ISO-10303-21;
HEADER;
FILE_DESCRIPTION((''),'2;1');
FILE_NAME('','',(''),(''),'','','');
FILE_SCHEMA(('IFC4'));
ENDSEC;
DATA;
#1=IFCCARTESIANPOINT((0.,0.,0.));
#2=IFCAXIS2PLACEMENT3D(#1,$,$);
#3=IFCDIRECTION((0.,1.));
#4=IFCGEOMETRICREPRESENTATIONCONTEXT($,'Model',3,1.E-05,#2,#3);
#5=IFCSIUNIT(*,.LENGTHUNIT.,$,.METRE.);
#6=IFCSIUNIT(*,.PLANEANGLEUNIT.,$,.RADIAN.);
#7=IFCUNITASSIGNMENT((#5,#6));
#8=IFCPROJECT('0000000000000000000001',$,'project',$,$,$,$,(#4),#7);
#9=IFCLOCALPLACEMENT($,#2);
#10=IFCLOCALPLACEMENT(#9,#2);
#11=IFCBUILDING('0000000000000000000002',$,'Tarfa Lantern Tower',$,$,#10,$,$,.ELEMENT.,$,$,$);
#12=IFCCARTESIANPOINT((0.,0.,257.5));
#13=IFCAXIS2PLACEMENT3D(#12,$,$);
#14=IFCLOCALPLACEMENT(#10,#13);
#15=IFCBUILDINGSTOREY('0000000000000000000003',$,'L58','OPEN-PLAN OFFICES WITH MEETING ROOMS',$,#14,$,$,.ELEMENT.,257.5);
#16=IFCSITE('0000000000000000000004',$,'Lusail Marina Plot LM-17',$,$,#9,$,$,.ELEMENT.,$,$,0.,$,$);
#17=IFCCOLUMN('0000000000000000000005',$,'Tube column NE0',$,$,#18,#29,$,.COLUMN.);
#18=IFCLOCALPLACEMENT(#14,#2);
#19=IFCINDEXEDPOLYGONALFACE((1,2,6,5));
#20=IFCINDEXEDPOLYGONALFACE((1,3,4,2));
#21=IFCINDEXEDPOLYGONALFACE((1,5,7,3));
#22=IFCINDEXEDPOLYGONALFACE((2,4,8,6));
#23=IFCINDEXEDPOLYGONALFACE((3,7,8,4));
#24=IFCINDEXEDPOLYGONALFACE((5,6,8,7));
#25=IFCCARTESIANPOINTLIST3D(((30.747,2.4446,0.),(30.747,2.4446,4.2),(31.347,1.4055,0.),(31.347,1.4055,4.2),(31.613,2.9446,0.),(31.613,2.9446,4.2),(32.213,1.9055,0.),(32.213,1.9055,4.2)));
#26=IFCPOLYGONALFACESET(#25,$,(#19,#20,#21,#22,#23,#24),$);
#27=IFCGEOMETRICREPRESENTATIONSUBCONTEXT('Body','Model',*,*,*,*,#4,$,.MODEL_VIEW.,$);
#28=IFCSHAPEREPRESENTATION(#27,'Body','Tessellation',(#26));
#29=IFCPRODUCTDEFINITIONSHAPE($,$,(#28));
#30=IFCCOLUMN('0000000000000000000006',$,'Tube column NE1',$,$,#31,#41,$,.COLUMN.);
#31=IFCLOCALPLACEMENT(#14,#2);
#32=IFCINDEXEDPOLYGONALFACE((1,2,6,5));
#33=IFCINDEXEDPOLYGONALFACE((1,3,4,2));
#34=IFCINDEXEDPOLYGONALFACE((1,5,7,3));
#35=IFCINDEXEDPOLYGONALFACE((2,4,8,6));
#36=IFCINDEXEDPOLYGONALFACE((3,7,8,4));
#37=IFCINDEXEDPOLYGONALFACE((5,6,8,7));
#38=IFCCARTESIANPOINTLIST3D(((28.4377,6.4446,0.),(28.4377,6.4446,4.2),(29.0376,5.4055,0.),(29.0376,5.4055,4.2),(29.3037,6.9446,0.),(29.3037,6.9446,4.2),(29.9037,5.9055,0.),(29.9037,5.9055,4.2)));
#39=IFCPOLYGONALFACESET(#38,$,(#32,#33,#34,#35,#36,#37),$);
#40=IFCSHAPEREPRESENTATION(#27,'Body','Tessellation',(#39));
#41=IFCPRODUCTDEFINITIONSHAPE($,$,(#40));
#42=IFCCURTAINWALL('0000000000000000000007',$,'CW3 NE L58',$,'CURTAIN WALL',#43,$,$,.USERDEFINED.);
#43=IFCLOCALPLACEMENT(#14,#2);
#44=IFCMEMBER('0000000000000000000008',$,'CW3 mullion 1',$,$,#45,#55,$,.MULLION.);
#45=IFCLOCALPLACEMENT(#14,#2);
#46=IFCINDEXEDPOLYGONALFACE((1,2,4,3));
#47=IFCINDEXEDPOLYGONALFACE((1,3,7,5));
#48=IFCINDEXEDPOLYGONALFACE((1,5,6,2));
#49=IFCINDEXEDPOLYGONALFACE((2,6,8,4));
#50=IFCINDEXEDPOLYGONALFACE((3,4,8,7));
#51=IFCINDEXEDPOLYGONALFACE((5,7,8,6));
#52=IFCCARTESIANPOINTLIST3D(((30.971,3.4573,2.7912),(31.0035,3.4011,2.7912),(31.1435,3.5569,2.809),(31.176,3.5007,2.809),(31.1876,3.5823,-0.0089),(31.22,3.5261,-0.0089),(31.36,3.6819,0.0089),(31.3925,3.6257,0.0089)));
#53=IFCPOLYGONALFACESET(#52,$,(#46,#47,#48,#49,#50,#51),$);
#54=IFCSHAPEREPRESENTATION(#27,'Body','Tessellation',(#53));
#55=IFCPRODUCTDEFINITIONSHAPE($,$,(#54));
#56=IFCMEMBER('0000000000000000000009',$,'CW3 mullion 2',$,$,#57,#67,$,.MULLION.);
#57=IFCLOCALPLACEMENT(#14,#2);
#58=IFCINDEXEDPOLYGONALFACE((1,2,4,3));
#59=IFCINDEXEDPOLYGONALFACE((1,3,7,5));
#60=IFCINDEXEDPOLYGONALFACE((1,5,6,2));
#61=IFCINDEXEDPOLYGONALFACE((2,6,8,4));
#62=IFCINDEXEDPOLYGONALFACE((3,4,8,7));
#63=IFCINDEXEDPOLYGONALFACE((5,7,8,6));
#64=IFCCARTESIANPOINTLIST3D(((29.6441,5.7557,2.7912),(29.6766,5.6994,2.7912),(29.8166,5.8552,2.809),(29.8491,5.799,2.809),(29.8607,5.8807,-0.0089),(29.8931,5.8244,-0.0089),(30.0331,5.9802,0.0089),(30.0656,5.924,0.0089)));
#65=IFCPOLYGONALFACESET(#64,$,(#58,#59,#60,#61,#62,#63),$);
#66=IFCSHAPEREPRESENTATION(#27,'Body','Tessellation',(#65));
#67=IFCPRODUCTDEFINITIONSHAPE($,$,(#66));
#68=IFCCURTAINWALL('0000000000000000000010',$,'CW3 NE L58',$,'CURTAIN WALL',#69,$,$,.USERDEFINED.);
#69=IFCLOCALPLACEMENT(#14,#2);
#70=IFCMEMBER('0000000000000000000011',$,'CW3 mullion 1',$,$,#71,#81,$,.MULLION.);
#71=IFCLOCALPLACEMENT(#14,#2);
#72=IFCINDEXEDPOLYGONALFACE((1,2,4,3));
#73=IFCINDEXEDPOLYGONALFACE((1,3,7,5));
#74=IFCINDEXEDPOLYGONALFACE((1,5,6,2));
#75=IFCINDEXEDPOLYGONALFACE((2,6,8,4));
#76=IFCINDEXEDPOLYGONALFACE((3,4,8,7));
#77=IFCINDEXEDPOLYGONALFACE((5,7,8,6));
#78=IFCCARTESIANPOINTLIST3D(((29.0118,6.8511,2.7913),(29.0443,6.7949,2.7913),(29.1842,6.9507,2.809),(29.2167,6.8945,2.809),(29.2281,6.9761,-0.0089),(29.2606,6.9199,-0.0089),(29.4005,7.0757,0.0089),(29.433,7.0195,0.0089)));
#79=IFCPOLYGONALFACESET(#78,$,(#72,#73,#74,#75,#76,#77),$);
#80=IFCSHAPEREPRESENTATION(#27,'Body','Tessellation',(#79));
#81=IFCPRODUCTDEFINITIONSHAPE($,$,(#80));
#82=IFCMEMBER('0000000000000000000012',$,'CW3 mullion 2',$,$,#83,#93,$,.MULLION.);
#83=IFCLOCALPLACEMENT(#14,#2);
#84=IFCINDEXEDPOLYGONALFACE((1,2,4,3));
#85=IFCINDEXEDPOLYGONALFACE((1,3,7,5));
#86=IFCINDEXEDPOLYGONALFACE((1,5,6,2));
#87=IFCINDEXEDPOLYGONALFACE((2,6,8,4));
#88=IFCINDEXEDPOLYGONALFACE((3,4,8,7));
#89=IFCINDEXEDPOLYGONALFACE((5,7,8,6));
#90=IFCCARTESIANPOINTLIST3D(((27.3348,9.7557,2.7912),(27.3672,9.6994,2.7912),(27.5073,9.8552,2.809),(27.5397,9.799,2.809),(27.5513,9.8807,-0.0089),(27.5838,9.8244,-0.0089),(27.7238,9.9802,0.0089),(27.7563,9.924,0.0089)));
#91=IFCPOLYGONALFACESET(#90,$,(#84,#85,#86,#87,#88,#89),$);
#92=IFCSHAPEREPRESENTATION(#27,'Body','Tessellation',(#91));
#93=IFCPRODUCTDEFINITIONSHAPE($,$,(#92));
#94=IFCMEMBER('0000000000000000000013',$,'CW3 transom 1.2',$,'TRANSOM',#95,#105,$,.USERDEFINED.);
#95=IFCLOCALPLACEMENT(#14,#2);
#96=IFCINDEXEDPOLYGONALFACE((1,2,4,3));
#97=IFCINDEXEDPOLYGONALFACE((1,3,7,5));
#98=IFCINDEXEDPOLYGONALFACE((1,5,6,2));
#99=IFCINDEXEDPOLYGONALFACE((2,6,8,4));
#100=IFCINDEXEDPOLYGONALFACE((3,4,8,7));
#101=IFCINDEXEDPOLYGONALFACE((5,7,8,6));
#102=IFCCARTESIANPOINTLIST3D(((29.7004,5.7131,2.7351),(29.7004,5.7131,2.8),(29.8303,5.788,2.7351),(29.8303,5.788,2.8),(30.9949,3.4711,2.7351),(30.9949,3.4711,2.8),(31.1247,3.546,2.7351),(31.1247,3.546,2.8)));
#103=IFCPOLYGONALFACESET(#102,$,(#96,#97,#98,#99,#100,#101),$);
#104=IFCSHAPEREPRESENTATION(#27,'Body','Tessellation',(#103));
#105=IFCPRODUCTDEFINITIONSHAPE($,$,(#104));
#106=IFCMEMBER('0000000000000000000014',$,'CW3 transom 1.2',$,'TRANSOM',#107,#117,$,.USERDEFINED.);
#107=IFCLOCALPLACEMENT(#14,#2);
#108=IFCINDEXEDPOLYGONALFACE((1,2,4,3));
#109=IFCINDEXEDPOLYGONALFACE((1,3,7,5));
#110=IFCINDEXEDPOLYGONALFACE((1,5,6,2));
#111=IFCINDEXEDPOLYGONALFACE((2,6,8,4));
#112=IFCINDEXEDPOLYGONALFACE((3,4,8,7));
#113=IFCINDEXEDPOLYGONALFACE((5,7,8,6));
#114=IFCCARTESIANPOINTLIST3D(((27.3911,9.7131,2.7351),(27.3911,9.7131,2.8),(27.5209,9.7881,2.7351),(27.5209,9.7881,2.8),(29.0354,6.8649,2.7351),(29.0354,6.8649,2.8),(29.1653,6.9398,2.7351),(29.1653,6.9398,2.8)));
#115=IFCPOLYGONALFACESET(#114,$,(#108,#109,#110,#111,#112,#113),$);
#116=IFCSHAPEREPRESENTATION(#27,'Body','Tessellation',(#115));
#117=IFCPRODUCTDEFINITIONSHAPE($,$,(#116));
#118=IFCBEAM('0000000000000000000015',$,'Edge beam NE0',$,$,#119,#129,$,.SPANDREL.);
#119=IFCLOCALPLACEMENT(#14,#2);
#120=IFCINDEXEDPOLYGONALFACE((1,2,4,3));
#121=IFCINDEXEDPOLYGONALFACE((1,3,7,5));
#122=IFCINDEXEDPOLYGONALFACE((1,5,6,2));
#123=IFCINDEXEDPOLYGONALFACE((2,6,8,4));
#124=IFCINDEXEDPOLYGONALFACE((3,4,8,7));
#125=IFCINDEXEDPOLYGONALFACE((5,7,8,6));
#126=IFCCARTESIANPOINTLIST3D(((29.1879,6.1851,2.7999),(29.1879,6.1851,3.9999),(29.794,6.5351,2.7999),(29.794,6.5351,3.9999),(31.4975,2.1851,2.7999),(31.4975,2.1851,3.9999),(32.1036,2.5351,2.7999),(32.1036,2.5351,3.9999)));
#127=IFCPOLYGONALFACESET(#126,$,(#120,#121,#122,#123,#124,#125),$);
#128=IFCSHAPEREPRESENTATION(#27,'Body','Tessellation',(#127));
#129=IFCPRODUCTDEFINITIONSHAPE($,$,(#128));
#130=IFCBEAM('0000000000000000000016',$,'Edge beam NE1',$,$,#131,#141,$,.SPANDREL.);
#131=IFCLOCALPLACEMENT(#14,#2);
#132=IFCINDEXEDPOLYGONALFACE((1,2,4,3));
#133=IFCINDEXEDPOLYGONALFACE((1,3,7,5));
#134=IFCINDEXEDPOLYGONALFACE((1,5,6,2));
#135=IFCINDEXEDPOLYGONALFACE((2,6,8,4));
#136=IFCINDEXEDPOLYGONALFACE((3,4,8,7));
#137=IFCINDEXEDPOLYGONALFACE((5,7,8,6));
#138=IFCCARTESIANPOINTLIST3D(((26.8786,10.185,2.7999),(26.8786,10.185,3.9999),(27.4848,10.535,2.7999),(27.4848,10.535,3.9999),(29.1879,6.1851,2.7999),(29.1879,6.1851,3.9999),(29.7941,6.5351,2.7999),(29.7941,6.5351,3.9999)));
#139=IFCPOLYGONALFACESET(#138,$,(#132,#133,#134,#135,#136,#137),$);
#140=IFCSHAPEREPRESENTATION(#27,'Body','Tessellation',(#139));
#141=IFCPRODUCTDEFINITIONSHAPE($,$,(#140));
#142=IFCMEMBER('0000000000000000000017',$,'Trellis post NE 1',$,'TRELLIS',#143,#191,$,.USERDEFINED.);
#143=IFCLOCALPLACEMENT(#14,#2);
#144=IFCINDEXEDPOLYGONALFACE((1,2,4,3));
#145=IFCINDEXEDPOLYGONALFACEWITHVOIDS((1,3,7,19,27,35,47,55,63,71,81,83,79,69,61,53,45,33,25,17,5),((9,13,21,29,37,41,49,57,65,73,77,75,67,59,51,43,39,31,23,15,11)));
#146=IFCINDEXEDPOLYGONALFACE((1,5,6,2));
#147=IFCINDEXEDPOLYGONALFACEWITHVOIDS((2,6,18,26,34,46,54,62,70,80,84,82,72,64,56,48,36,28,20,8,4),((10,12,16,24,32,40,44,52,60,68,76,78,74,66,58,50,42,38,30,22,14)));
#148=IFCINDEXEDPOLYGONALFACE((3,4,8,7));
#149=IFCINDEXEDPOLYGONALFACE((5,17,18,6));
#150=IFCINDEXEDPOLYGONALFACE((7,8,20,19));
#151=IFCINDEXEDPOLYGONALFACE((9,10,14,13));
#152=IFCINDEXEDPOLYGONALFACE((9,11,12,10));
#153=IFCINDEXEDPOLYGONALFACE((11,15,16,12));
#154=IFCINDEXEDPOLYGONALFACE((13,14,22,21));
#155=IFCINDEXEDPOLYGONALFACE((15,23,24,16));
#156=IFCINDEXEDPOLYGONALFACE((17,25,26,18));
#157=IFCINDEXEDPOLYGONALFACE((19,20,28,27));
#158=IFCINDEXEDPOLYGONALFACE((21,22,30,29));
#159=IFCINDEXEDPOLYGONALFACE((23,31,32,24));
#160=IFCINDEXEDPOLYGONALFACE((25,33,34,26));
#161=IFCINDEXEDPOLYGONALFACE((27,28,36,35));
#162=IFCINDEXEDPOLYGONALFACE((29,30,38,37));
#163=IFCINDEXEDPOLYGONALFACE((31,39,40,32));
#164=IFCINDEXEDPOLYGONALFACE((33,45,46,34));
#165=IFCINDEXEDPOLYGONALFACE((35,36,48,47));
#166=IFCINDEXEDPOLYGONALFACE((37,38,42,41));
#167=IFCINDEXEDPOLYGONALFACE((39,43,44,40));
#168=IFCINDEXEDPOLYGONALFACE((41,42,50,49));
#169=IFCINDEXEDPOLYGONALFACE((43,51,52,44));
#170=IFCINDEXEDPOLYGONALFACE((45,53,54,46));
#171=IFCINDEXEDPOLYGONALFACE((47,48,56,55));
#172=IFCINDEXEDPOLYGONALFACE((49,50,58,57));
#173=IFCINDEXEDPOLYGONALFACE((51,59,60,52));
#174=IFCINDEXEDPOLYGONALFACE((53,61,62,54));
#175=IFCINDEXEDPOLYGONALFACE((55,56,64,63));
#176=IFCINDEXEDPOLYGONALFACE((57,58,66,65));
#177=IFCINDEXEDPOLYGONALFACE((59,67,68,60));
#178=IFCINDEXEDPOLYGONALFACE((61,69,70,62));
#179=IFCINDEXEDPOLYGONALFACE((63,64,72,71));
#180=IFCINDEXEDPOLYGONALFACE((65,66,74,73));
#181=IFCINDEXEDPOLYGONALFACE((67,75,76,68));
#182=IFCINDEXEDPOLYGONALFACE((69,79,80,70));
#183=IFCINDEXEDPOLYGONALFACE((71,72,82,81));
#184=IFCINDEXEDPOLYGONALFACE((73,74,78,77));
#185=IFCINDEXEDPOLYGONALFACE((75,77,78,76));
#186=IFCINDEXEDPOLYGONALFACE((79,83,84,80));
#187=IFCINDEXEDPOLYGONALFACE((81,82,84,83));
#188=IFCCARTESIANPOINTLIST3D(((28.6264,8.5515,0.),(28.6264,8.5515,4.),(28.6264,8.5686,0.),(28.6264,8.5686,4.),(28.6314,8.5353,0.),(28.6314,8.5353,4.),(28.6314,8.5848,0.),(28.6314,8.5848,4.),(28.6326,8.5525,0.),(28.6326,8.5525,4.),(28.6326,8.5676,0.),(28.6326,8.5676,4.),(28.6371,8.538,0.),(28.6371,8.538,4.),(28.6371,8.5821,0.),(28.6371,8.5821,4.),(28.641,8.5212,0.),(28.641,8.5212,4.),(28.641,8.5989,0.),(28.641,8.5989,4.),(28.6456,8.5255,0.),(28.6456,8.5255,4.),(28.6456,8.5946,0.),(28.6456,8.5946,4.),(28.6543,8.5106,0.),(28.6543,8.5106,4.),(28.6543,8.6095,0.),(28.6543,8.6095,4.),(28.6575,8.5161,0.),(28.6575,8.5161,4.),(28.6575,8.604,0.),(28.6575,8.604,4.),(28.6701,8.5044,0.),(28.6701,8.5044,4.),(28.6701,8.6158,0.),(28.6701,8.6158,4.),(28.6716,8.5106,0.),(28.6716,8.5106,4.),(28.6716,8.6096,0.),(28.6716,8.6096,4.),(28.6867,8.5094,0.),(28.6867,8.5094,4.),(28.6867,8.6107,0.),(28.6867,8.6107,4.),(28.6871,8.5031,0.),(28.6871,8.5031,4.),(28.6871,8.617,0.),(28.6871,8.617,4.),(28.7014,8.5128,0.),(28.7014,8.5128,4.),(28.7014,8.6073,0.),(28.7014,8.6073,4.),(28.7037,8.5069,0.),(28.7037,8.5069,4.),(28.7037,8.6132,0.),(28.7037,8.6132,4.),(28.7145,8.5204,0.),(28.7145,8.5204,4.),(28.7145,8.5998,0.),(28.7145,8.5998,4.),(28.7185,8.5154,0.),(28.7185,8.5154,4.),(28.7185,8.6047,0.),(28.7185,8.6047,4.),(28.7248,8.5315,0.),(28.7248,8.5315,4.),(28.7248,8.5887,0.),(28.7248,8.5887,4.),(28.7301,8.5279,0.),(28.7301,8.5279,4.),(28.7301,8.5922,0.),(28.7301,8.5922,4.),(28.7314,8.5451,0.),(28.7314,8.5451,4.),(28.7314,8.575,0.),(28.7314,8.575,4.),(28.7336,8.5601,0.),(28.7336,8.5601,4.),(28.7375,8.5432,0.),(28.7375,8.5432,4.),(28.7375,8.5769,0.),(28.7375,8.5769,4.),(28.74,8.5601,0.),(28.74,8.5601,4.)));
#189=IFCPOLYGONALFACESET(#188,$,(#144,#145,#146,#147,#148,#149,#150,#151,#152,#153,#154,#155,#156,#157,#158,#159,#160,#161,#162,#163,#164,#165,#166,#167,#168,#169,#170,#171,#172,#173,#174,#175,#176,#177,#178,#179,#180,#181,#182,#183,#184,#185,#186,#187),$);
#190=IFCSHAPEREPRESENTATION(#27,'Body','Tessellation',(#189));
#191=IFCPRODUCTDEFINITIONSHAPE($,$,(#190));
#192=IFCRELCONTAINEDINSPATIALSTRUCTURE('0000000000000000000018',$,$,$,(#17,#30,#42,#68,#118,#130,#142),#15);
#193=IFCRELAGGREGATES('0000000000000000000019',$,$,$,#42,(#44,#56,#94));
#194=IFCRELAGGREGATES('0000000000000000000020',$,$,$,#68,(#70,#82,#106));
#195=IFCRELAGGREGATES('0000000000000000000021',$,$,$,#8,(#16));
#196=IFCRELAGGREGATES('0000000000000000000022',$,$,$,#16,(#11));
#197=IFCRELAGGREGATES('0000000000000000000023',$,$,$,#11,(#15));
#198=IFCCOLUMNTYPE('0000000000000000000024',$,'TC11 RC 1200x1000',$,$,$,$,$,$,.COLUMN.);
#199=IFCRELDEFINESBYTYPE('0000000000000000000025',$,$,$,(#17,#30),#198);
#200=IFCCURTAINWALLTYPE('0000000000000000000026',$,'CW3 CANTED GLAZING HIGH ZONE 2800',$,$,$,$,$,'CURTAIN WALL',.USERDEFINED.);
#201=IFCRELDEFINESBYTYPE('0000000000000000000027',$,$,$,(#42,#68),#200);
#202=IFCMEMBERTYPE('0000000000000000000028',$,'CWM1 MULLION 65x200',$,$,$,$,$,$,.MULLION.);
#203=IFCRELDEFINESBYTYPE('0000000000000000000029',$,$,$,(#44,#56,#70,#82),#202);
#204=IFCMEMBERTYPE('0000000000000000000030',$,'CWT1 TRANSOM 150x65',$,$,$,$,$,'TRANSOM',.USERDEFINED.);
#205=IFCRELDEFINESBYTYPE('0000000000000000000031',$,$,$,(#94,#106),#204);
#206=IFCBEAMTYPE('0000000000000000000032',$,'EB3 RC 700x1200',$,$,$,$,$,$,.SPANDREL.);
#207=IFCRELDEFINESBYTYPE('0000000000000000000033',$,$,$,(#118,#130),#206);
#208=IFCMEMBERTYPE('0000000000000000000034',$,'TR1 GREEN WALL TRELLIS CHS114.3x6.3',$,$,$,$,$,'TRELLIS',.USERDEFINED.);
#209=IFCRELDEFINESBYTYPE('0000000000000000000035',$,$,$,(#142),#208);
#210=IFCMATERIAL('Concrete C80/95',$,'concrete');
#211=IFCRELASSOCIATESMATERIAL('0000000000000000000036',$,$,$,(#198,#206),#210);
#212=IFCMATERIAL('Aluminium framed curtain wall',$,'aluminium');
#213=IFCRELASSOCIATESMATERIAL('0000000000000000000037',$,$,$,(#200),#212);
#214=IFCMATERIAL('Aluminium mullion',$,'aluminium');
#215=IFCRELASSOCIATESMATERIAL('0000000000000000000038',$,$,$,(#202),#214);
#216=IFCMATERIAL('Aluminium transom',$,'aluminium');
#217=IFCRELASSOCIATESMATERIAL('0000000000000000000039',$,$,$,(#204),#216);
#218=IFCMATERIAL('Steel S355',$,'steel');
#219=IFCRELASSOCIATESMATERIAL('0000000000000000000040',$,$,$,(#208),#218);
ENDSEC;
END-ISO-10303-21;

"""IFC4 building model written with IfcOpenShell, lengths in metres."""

from ifc_helpers import new_model, si_unit, direction, frame, origin, origin_2d, place, context, subcontext, project, spatial, rectangle, hollow_circle, extrude, material, material_profile, profile_set, type_object, element, aggregate, save


model = new_model("IFC4")

# Units and contexts
model_context = context("Model", 3, precision=1e-05, world=origin(), true_north=direction((0.0, 1.0)))
body_context = subcontext(model_context, "Body", "Model", "MODEL_VIEW")
ifc_project = project(units=[si_unit("LENGTHUNIT", "METRE"), si_unit("PLANEANGLEUNIT", "RADIAN")], contexts=[model_context])

# Site, building, storey
site_placement = place(None, origin())
site = spatial("IfcSite", under=ifc_project, at=site_placement, Name="Lusail Marina Plot LM-17", CompositionType="ELEMENT", RefElevation=0.0)
building_placement = place(site_placement, origin())
building = spatial("IfcBuilding", under=site, at=building_placement, Name="Tarfa Lantern Tower", CompositionType="ELEMENT")
storey_placement = place(building_placement, frame((0.0, 0.0, 257.5)))
storey = spatial("IfcBuildingStorey", under=building, at=storey_placement, Name="L58", Description="OPEN-PLAN OFFICES WITH MEETING ROOMS", CompositionType="ELEMENT", Elevation=257.5)

# Columns
ifc_material_1 = material(Name="Concrete C80/95", Category="concrete")
ifc_material_profile_1 = material_profile(ifc_material_1, rectangle(XDim=1.2, YDim=1.0, at=origin_2d()), Name="RC 1200x1000")
ifc_profile_set_1 = profile_set([ifc_material_profile_1], Name="Concrete C80/95")
column_type = type_object("IfcColumnType", Name="TC11 RC 1200x1000", PredefinedType="COLUMN", material=ifc_profile_set_1)
for number, where, z_axis, x_axis, name in (
    (1, (31.48, 2.175, 0.0), (0.0, 0.0, 1.0), (-0.5, 0.866025, 0.0), "Tube column NE0"),
    (2, (29.1707, 6.175, 0.0), (0.0, 0.0, 1.0), (-0.5, 0.866025, 0.0), "Tube column NE1"),
):
    element("IfcColumn", number, at=place(storey_placement, frame(where, z_axis=z_axis, x_axis=x_axis)), inside=storey, type_object=column_type, Name=name, PredefinedType="COLUMN", context=body_context, shape_type="SweptSolid", body=[
        extrude(rectangle(XDim=1.2, YDim=1.0, at=origin_2d()), origin(), (0.0, 0.0, 1.0), 4.2),
    ])

# Curtain walls, members
ifc_material_2 = material(Name="Aluminium framed curtain wall", Category="aluminium")
curtain_wall_type = type_object("IfcCurtainWallType", Name="CW3 CANTED GLAZING HIGH ZONE 2800", ElementType="CURTAIN WALL", PredefinedType="USERDEFINED", material=ifc_material_2)
curtain_wall_1_placement = place(storey_placement, origin())
curtain_wall_1 = element("IfcCurtainWall", 3, at=curtain_wall_1_placement, inside=storey, type_object=curtain_wall_type, Name="CW3 NE L58", ObjectType="CURTAIN WALL", PredefinedType="USERDEFINED")
ifc_material_3 = material(Name="Aluminium mullion", Category="aluminium")
ifc_material_profile_2 = material_profile(ifc_material_3, rectangle(XDim=0.0649, YDim=0.2, at=origin_2d()), Name="AL MULLION 65x200")
ifc_profile_set_2 = profile_set([ifc_material_profile_2], Name="Aluminium mullion")
member_type_1 = type_object("IfcMemberType", Name="CWM1 MULLION 65x200", PredefinedType="MULLION", material=ifc_profile_set_2)
member_1_placement = place(storey_placement, frame((31.29, 3.604, 0.0), z_axis=(-0.077032, -0.044465, 0.996037), x_axis=(0.49992, -0.866072, 0.0)))
member_1 = element("IfcMember", 4, at=member_1_placement, type_object=member_type_1, Name="CW3 mullion 1", PredefinedType="MULLION", context=body_context, shape_type="SweptSolid", body=[
    extrude(rectangle(XDim=0.0649, YDim=0.2, at=origin_2d()), origin(), (0.0, 0.0, 1.0), 2.8113),
])
member_2_placement = place(storey_placement, frame((29.9631, 5.9023, 0.0), z_axis=(-0.077032, -0.044465, 0.996037), x_axis=(0.49992, -0.866072, 0.0)))
member_2 = element("IfcMember", 5, at=member_2_placement, type_object=member_type_1, Name="CW3 mullion 2", PredefinedType="MULLION", context=body_context, shape_type="SweptSolid", body=[
    extrude(rectangle(XDim=0.0649, YDim=0.2, at=origin_2d()), origin(), (0.0, 0.0, 1.0), 2.8113),
])
curtain_wall_2_placement = place(storey_placement, origin())
curtain_wall_2 = element("IfcCurtainWall", 6, at=curtain_wall_2_placement, inside=storey, type_object=curtain_wall_type, Name="CW3 NE L58", ObjectType="CURTAIN WALL", PredefinedType="USERDEFINED")
member_3_placement = place(storey_placement, frame((29.3306, 6.9978, 0.0), z_axis=(-0.076946, -0.044465, 0.996043), x_axis=(0.500343, -0.865827, 0.0)))
member_3 = element("IfcMember", 7, at=member_3_placement, type_object=member_type_1, Name="CW3 mullion 1", PredefinedType="MULLION", context=body_context, shape_type="SweptSolid", body=[
    extrude(rectangle(XDim=0.0649, YDim=0.2, at=origin_2d()), origin(), (0.0, 0.0, 1.0), 2.8113),
])
member_4_placement = place(storey_placement, frame((27.6538, 9.9023, 0.0), z_axis=(-0.077032, -0.044465, 0.996037), x_axis=(0.49992, -0.866072, 0.0)))
member_4 = element("IfcMember", 8, at=member_4_placement, type_object=member_type_1, Name="CW3 mullion 2", PredefinedType="MULLION", context=body_context, shape_type="SweptSolid", body=[
    extrude(rectangle(XDim=0.0649, YDim=0.2, at=origin_2d()), origin(), (0.0, 0.0, 1.0), 2.8113),
])

# Members
ifc_material_4 = material(Name="Aluminium transom", Category="aluminium")
ifc_material_profile_3 = material_profile(ifc_material_4, rectangle(XDim=0.1499, YDim=0.0649, at=origin_2d()), Name="AL TRANSOM 150x65")
ifc_profile_set_3 = profile_set([ifc_material_profile_3], Name="Aluminium transom")
member_type_2 = type_object("IfcMemberType", Name="CWT1 TRANSOM 150x65", ElementType="TRANSOM", PredefinedType="USERDEFINED", material=ifc_profile_set_3)
member_5_placement = place(storey_placement, frame((31.0598, 3.5085, 2.7676), z_axis=(-0.500014, 0.866018, 0.0), x_axis=(-0.866018, -0.500014, 0.0)))
member_5 = element("IfcMember", 9, at=member_5_placement, type_object=member_type_2, Name="CW3 transom 1.2", ObjectType="TRANSOM", PredefinedType="USERDEFINED", context=body_context, shape_type="SweptSolid", body=[
    extrude(rectangle(XDim=0.1499, YDim=0.0649, at=origin_2d()), origin(), (0.0, 0.0, 1.0), 2.5889),
])
member_6_placement = place(storey_placement, frame((29.1003, 6.9023, 2.7676), z_axis=(-0.499979, 0.866037, 0.0), x_axis=(-0.866037, -0.499979, 0.0)))
member_6 = element("IfcMember", 10, at=member_6_placement, type_object=member_type_2, Name="CW3 transom 1.2", ObjectType="TRANSOM", PredefinedType="USERDEFINED", context=body_context, shape_type="SweptSolid", body=[
    extrude(rectangle(XDim=0.1499, YDim=0.0649, at=origin_2d()), origin(), (0.0, 0.0, 1.0), 3.2888),
])

# Beams
ifc_material_profile_4 = material_profile(ifc_material_1, rectangle(XDim=0.7, YDim=1.2, at=origin_2d()), Name="RC 700x1200")
ifc_profile_set_4 = profile_set([ifc_material_profile_4], Name="Concrete C80/95")
beam_type_1 = type_object("IfcBeamType", Name="EB3 RC 700x1200", PredefinedType="SPANDREL", material=ifc_profile_set_4)
beam_1_placement = place(storey_placement, frame((31.8005, 2.3601, 3.3999), z_axis=(-0.500027, 0.86601, 0.0), x_axis=(-0.86601, -0.500027, 0.0)))
element("IfcBeam", 11, at=beam_1_placement, inside=storey, type_object=beam_type_1, Name="Edge beam NE0", PredefinedType="SPANDREL", context=body_context, shape_type="SweptSolid", body=[
    extrude(rectangle(XDim=0.7, YDim=1.2, at=origin_2d()), origin(), (0.0, 0.0, 1.0), 4.6189),
])
beam_2_placement = place(storey_placement, frame((29.491, 6.3601, 3.3999), z_axis=(-0.499988, 0.866032, 0.0), x_axis=(-0.866032, -0.499988, 0.0)))
element("IfcBeam", 12, at=beam_2_placement, inside=storey, type_object=beam_type_1, Name="Edge beam NE1", PredefinedType="SPANDREL", context=body_context, shape_type="SweptSolid", body=[
    extrude(rectangle(XDim=0.7, YDim=1.2, at=origin_2d()), origin(), (0.0, 0.0, 1.0), 4.6187),
])

# Member
ifc_material_5 = material(Name="Steel S355", Category="steel")
ifc_material_profile_5 = material_profile(ifc_material_5, hollow_circle(Radius=0.0571, WallThickness=0.0063, at=origin_2d()), Name="CHS114.3x6.3")
ifc_profile_set_5 = profile_set([ifc_material_profile_5], Name="Steel S355")
member_type_3 = type_object("IfcMemberType", Name="TR1 GREEN WALL TRELLIS CHS114.3x6.3", ElementType="TRELLIS", PredefinedType="USERDEFINED", material=ifc_profile_set_5)
member_7_placement = place(storey_placement, frame((28.6829, 8.5601, 0.0), z_axis=(0.0, 0.0, 1.0), x_axis=(1.0, 0.0, 0.0)))
element("IfcMember", 13, at=member_7_placement, inside=storey, type_object=member_type_3, Name="Trellis post NE 1", ObjectType="TRELLIS", PredefinedType="USERDEFINED", context=body_context, shape_type="SweptSolid", body=[
    extrude(hollow_circle(Radius=0.0571, WallThickness=0.0063, at=origin_2d()), origin(), (0.0, 0.0, 1.0), 4.0),
])

aggregate(curtain_wall_1, [member_1, member_2, member_5])
aggregate(curtain_wall_2, [member_3, member_4, member_6])

save(model, "model.ifc")
